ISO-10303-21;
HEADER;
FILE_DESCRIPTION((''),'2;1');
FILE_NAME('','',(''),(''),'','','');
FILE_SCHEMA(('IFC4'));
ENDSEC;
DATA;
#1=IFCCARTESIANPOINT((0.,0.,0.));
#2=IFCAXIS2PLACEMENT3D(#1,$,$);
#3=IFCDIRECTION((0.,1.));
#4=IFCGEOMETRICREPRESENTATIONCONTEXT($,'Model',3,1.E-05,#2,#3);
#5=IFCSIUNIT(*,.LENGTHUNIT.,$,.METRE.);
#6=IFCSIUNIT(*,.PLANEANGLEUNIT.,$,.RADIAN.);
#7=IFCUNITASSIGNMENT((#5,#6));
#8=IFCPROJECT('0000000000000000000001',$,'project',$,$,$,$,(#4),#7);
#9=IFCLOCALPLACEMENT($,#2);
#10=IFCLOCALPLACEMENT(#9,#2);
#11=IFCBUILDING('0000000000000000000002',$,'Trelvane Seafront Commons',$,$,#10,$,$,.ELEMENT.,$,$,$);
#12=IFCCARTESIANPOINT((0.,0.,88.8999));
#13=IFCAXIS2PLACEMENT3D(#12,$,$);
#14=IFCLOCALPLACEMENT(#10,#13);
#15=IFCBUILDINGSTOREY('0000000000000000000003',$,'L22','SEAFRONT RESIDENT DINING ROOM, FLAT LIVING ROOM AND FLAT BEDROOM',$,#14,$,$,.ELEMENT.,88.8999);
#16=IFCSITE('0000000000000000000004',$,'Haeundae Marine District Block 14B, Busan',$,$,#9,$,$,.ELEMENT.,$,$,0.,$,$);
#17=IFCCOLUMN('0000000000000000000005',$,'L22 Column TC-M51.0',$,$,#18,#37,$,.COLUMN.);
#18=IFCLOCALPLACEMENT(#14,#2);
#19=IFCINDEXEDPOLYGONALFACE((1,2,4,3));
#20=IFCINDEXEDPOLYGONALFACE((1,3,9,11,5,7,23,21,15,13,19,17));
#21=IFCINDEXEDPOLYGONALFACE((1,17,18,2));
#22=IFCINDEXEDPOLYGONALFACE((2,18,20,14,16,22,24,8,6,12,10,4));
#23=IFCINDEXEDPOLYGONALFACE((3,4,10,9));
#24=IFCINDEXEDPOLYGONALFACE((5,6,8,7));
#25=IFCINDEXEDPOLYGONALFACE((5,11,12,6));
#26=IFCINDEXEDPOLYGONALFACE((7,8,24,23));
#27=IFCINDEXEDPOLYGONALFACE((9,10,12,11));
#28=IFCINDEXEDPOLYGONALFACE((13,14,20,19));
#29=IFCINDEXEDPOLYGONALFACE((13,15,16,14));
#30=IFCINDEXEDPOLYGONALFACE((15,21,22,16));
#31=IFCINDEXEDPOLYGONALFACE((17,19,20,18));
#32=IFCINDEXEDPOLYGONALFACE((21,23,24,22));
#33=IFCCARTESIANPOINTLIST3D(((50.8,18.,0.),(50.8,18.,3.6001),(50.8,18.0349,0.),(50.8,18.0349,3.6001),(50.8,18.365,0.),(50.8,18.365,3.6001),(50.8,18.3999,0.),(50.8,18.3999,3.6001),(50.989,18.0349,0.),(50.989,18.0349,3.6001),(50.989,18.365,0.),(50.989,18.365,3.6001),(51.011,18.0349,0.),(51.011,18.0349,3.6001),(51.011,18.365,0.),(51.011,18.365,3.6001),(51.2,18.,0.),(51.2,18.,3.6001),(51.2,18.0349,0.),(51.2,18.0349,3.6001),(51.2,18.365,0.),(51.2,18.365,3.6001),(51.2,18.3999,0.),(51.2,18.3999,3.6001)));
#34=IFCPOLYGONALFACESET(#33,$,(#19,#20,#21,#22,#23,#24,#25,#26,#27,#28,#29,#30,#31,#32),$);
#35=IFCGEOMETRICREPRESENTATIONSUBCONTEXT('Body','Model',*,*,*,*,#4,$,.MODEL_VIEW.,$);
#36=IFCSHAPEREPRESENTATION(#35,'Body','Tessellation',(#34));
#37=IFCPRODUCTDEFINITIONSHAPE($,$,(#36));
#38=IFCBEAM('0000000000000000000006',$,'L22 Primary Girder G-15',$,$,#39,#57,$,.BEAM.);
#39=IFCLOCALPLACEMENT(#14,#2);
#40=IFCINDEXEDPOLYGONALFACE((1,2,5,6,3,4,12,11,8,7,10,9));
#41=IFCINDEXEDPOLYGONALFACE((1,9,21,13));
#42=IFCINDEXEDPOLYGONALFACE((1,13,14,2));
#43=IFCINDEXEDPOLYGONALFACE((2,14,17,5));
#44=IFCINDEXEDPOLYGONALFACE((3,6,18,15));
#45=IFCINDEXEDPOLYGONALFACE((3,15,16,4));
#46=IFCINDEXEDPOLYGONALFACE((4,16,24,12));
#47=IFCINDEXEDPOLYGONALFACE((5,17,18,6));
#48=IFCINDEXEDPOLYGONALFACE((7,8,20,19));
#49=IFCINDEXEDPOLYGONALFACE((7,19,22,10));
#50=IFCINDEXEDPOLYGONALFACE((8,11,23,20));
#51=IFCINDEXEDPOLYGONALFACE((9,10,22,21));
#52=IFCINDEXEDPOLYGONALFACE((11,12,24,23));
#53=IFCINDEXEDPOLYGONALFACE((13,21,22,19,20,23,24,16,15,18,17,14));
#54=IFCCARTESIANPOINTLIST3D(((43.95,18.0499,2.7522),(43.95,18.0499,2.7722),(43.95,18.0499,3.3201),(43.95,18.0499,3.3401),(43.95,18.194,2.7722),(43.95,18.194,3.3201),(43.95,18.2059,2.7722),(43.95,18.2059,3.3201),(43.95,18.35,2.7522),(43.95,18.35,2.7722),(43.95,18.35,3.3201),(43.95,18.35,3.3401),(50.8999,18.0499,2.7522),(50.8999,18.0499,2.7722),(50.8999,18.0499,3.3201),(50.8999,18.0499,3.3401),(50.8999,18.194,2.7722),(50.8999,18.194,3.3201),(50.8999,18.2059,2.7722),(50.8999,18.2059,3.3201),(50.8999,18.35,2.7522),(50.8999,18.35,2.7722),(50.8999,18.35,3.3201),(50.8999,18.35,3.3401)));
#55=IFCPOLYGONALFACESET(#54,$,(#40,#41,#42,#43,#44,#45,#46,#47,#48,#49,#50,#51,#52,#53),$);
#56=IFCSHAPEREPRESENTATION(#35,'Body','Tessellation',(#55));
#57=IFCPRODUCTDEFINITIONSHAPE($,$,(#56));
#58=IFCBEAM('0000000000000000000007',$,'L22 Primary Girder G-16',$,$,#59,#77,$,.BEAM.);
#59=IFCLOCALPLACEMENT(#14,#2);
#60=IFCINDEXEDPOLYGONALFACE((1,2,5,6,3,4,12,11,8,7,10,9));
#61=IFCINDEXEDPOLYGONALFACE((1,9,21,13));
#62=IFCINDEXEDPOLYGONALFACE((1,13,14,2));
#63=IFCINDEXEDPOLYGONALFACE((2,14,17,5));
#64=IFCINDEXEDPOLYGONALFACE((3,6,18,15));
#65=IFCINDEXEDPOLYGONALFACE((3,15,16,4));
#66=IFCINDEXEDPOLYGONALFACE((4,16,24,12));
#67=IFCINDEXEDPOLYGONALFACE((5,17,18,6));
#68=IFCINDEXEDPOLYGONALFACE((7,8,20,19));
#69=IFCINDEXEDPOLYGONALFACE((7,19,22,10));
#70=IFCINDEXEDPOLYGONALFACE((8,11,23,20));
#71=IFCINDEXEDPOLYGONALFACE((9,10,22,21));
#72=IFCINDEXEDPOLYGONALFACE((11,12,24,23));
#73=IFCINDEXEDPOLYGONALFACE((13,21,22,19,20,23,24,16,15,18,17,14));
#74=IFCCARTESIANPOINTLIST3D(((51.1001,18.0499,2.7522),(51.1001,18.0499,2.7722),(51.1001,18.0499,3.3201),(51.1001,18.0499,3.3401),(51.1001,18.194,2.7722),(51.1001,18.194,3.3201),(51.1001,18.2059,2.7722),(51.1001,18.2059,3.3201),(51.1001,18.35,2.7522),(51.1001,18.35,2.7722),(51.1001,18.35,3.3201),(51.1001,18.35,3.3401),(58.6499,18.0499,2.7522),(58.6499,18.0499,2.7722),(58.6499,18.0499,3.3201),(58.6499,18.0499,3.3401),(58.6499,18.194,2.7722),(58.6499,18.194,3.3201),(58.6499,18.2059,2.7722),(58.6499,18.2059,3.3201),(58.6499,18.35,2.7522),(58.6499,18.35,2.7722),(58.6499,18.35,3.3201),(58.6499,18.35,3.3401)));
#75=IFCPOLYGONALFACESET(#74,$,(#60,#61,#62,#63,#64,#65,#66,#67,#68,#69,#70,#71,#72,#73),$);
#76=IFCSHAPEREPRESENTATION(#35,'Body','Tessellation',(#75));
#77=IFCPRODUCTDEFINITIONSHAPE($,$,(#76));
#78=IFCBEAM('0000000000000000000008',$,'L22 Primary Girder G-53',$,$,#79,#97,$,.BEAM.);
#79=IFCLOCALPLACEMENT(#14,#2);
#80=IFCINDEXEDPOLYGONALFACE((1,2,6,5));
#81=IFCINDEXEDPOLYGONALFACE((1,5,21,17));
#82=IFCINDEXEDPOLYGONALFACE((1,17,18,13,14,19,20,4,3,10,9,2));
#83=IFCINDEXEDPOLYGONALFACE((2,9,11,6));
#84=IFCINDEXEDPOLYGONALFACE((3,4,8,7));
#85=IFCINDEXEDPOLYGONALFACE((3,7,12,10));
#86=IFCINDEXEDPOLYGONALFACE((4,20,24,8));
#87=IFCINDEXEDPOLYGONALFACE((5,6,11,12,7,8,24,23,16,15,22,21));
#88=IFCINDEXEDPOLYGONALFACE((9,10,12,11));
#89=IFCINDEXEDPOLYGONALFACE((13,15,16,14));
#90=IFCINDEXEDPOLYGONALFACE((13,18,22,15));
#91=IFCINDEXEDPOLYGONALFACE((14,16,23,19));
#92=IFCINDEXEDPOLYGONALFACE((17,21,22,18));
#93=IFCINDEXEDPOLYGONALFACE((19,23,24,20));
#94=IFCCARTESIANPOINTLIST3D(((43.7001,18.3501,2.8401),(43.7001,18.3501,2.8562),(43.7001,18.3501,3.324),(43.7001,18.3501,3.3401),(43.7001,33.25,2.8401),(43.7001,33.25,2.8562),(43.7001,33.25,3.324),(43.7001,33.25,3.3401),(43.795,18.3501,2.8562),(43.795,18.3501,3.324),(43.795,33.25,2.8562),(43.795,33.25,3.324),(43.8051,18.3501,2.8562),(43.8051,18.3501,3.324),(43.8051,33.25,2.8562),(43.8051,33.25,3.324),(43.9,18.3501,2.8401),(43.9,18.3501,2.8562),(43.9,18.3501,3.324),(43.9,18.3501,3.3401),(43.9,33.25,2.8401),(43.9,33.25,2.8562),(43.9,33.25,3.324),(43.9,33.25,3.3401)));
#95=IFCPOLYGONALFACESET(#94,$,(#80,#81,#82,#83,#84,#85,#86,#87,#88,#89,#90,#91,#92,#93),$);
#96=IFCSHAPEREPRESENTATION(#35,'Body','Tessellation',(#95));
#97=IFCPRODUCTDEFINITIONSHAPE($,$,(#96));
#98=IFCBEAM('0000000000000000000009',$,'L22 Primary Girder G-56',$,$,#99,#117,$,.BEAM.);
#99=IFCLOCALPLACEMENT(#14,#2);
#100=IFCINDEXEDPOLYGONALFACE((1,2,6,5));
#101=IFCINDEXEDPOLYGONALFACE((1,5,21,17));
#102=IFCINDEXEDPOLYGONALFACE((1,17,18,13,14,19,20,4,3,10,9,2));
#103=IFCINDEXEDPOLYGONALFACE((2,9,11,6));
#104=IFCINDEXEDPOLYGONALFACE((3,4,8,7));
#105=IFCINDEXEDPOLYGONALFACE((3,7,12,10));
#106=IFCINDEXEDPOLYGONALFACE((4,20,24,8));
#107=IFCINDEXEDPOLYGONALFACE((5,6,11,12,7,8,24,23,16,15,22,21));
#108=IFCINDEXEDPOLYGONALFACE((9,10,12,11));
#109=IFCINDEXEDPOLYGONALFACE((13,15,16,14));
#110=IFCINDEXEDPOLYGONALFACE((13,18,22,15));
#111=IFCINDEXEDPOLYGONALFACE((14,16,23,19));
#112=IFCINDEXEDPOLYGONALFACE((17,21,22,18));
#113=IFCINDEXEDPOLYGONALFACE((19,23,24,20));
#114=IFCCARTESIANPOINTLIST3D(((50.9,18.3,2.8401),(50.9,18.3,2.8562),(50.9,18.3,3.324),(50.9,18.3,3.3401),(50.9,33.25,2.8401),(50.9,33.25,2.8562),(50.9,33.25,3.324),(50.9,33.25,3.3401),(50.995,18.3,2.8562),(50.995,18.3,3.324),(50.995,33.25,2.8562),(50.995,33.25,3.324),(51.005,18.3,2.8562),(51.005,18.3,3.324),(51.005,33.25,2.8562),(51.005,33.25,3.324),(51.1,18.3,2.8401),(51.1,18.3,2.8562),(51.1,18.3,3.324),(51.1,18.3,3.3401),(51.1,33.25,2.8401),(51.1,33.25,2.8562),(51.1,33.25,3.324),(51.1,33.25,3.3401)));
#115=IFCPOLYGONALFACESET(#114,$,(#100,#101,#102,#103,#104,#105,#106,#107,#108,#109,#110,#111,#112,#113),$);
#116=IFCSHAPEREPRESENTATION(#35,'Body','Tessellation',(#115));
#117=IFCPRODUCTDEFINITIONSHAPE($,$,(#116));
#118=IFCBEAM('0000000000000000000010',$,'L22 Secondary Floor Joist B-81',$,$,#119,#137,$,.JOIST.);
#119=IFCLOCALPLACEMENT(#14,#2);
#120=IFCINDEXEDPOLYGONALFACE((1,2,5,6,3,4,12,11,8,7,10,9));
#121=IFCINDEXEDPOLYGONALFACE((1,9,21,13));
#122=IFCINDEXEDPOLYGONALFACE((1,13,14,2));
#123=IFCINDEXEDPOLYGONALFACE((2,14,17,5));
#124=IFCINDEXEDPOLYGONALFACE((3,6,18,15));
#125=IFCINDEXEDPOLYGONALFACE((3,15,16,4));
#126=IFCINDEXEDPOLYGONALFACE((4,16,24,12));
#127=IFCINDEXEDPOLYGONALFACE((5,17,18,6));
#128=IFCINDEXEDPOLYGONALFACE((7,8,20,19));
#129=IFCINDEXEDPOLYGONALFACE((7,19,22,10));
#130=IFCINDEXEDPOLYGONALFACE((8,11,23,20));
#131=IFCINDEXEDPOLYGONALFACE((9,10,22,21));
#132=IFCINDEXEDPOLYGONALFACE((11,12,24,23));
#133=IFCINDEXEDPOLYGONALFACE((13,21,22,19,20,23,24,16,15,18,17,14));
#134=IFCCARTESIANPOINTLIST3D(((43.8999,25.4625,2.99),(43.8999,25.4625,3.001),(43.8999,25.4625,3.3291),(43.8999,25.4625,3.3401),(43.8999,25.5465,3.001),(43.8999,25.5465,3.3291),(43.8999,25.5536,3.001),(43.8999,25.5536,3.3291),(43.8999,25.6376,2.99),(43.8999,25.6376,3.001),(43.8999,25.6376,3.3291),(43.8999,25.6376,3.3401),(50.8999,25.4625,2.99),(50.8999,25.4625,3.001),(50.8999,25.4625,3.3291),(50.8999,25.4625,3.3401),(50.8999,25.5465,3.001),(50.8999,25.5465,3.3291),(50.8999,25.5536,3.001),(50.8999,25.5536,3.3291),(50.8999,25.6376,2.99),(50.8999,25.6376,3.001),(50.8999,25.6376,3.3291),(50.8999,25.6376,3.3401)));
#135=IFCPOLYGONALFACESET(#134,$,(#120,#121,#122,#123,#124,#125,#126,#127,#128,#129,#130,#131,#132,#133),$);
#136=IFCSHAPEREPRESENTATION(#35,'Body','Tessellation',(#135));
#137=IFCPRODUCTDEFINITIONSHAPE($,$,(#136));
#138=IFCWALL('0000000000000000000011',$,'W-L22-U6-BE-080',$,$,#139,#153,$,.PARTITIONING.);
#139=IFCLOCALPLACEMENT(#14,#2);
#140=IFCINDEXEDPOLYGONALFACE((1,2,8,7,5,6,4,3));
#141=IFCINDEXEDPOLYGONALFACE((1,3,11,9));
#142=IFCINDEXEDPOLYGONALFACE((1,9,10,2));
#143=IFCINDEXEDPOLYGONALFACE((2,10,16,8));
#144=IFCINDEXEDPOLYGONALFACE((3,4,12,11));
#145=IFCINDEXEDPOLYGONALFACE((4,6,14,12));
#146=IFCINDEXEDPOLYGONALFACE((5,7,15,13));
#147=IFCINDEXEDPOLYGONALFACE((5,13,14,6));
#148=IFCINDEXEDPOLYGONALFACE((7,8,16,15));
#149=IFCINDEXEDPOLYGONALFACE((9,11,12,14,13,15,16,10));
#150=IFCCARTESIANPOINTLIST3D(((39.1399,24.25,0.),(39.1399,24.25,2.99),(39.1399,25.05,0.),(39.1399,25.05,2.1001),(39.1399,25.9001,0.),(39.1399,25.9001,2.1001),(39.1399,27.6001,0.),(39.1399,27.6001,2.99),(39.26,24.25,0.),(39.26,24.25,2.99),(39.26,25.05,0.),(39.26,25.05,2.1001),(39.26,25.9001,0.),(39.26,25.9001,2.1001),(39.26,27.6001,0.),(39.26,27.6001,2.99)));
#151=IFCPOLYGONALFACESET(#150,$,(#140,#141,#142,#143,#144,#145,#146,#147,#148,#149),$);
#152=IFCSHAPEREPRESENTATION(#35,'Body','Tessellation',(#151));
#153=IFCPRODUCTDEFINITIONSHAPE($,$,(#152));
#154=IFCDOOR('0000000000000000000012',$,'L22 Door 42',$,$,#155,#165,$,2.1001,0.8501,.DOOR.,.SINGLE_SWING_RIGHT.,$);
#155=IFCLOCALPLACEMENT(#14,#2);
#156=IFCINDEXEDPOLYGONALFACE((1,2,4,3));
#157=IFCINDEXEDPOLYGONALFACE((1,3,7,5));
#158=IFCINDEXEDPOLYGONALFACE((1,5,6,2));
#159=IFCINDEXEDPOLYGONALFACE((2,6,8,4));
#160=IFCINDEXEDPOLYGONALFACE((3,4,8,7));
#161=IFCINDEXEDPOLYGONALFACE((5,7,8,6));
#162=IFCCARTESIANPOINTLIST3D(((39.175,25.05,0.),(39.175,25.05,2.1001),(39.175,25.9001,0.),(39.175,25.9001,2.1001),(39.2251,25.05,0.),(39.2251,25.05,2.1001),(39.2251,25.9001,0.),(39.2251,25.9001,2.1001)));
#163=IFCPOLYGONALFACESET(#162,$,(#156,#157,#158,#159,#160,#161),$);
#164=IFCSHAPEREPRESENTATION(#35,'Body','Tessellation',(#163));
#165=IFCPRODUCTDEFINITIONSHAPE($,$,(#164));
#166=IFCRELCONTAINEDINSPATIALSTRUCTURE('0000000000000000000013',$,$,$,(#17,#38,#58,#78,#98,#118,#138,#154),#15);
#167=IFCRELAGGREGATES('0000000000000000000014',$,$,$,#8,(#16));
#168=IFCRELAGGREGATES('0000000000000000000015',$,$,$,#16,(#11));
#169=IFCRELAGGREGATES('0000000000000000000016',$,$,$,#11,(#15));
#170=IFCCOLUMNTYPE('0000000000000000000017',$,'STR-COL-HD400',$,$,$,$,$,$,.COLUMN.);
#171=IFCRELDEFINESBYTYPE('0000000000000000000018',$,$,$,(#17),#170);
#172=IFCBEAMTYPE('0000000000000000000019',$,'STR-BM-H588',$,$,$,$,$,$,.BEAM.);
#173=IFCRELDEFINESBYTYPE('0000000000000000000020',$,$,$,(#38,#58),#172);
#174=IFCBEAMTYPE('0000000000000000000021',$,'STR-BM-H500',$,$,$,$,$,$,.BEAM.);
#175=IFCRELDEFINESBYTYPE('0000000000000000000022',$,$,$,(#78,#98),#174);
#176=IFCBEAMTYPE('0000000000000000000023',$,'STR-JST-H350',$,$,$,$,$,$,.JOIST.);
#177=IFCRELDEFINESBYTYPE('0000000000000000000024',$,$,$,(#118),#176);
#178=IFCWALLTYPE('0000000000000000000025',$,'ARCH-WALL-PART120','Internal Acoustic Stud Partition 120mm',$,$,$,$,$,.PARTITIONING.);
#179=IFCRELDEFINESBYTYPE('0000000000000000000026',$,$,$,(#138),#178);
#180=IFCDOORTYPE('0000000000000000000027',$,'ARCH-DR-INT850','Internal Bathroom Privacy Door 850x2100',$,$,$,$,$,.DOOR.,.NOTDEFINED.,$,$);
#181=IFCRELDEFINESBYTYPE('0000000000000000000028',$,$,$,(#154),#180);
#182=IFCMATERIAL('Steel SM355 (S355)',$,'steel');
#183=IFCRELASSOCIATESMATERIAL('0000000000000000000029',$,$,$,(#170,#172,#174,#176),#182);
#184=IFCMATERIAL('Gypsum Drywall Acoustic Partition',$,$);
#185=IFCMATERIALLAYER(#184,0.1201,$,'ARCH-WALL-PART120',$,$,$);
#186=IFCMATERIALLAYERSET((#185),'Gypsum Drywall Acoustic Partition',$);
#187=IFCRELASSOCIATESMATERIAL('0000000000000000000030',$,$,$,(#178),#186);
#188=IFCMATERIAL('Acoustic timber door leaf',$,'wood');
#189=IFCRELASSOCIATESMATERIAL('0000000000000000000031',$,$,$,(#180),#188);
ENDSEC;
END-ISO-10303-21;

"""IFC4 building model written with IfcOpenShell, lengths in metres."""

from ifc_helpers import new_model, si_unit, direction, frame, frame_2d, origin, origin_2d, place, context, subcontext, project, spatial, rectangle, i_section, extrude, source, transform, mapped, material, layer, layer_set, material_profile, profile_set, type_object, element, fill, save


model = new_model("IFC4")

# Units and contexts
model_context = context("Model", 3, precision=1e-05, world=origin(), true_north=direction((0.0, 1.0)))
body_context = subcontext(model_context, "Body", "Model", "MODEL_VIEW")
ifc_project = project(units=[si_unit("LENGTHUNIT", "METRE"), si_unit("PLANEANGLEUNIT", "RADIAN")], contexts=[model_context])

# Site, building, storey
site_placement = place(None, origin())
site = spatial("IfcSite", under=ifc_project, at=site_placement, Name="Haeundae Marine District Block 14B, Busan", CompositionType="ELEMENT", RefElevation=0.0)
building_placement = place(site_placement, origin())
building = spatial("IfcBuilding", under=site, at=building_placement, Name="Trelvane Seafront Commons", CompositionType="ELEMENT")
storey_placement = place(building_placement, frame((0.0, 0.0, 88.8999)))
storey = spatial("IfcBuildingStorey", under=building, at=storey_placement, Name="L22", Description="SEAFRONT RESIDENT DINING ROOM, FLAT LIVING ROOM AND FLAT BEDROOM", CompositionType="ELEMENT", Elevation=88.8999)

# Column
ifc_material_1 = material(Name="Steel SM355 (S355)", Category="steel")
ifc_material_profile_1 = material_profile(ifc_material_1, i_section(OverallWidth=0.3999, OverallDepth=0.3999, WebThickness=0.022, FlangeThickness=0.0349, at=origin_2d()), Name="HD-400x400x22x35")
ifc_profile_set_1 = profile_set([ifc_material_profile_1], Name="Steel SM355 (S355)")
column_type = type_object("IfcColumnType", Name="STR-COL-HD400", PredefinedType="COLUMN", material=ifc_profile_set_1)
shared_shape_1 = source(origin(), body_context, "Body", "SweptSolid", [
    extrude(i_section(OverallWidth=0.3999, OverallDepth=0.3999, WebThickness=0.022, FlangeThickness=0.0349, at=origin_2d()), origin(), (0.0, 0.0, 1.0), 3.6001),
])
column_placement = place(storey_placement, frame((51.0, 18.2, 0.0), z_axis=(0.0, 0.0, 1.0), x_axis=(1.0, 0.0, 0.0)))
element("IfcColumn", 1, at=column_placement, inside=storey, type_object=column_type, Name="L22 Column TC-M51.0", PredefinedType="COLUMN", context=body_context, shape_type="MappedRepresentation", body=[
    mapped(shared_shape_1, transform((0.0, 0.0, 0.0), x_axis=(1.0, 0.0, 0.0), y_axis=(0.0, 1.0, 0.0), z_axis=(0.0, 0.0, 1.0), scale=1.0)),
])

# Beams
ifc_material_profile_2 = material_profile(ifc_material_1, i_section(OverallWidth=0.3, OverallDepth=0.5879, WebThickness=0.012, FlangeThickness=0.02, at=origin_2d()), Name="H-588x300x12x20")
ifc_profile_set_2 = profile_set([ifc_material_profile_2], Name="Steel SM355 (S355)")
beam_type_1 = type_object("IfcBeamType", Name="STR-BM-H588", PredefinedType="BEAM", material=ifc_profile_set_2)
shared_shape_2 = source(origin(), body_context, "Body", "SweptSolid", [
    extrude(i_section(OverallWidth=0.3, OverallDepth=0.5879, WebThickness=0.012, FlangeThickness=0.02, at=origin_2d()), origin(), (0.0, 0.0, 1.0), 6.95),
])
beam_1_placement = place(storey_placement, frame((43.95, 18.2, 3.0461), z_axis=(1.0, 0.0, 0.0), x_axis=(0.0, 1.0, 0.0)))
element("IfcBeam", 2, at=beam_1_placement, inside=storey, type_object=beam_type_1, Name="L22 Primary Girder G-15", PredefinedType="BEAM", context=body_context, shape_type="MappedRepresentation", body=[
    mapped(shared_shape_2, transform((0.0, 0.0, 0.0), x_axis=(1.0, 0.0, 0.0), y_axis=(0.0, 1.0, 0.0), z_axis=(0.0, 0.0, 1.0), scale=1.0)),
])
shared_shape_3 = source(origin(), body_context, "Body", "SweptSolid", [
    extrude(i_section(OverallWidth=0.3, OverallDepth=0.5879, WebThickness=0.012, FlangeThickness=0.02, at=origin_2d()), origin(), (0.0, 0.0, 1.0), 7.5498),
])
beam_2_placement = place(storey_placement, frame((51.1001, 18.2, 3.0461), z_axis=(1.0, 0.0, 0.0), x_axis=(0.0, 1.0, 0.0)))
element("IfcBeam", 3, at=beam_2_placement, inside=storey, type_object=beam_type_1, Name="L22 Primary Girder G-16", PredefinedType="BEAM", context=body_context, shape_type="MappedRepresentation", body=[
    mapped(shared_shape_3, transform((0.0, 0.0, 0.0), x_axis=(1.0, 0.0, 0.0), y_axis=(0.0, 1.0, 0.0), z_axis=(0.0, 0.0, 1.0), scale=1.0)),
])
ifc_material_profile_3 = material_profile(ifc_material_1, i_section(OverallWidth=0.2, OverallDepth=0.5, WebThickness=0.01, FlangeThickness=0.0161, at=origin_2d()), Name="H-500x200x10x16")
ifc_profile_set_3 = profile_set([ifc_material_profile_3], Name="Steel SM355 (S355)")
beam_type_2 = type_object("IfcBeamType", Name="STR-BM-H500", PredefinedType="BEAM", material=ifc_profile_set_3)
shared_shape_4 = source(origin(), body_context, "Body", "SweptSolid", [
    extrude(i_section(OverallWidth=0.2, OverallDepth=0.5, WebThickness=0.01, FlangeThickness=0.0161, at=origin_2d()), origin(), (0.0, 0.0, 1.0), 14.8999),
])
beam_3_placement = place(storey_placement, frame((43.8, 18.3501, 3.0901), z_axis=(0.0, 1.0, 0.0), x_axis=(-1.0, 0.0, 0.0)))
element("IfcBeam", 4, at=beam_3_placement, inside=storey, type_object=beam_type_2, Name="L22 Primary Girder G-53", PredefinedType="BEAM", context=body_context, shape_type="MappedRepresentation", body=[
    mapped(shared_shape_4, transform((0.0, 0.0, 0.0), x_axis=(1.0, 0.0, 0.0), y_axis=(0.0, 1.0, 0.0), z_axis=(0.0, 0.0, 1.0), scale=1.0)),
])
shared_shape_5 = source(origin(), body_context, "Body", "SweptSolid", [
    extrude(i_section(OverallWidth=0.2, OverallDepth=0.5, WebThickness=0.01, FlangeThickness=0.0161, at=origin_2d()), origin(), (0.0, 0.0, 1.0), 14.95),
])
beam_4_placement = place(storey_placement, frame((51.0, 18.3, 3.0901), z_axis=(0.0, 1.0, 0.0), x_axis=(-1.0, 0.0, 0.0)))
element("IfcBeam", 5, at=beam_4_placement, inside=storey, type_object=beam_type_2, Name="L22 Primary Girder G-56", PredefinedType="BEAM", context=body_context, shape_type="MappedRepresentation", body=[
    mapped(shared_shape_5, transform((0.0, 0.0, 0.0), x_axis=(1.0, 0.0, 0.0), y_axis=(0.0, 1.0, 0.0), z_axis=(0.0, 0.0, 1.0), scale=1.0)),
])
ifc_material_profile_4 = material_profile(ifc_material_1, i_section(OverallWidth=0.175, OverallDepth=0.3501, WebThickness=0.0071, FlangeThickness=0.011, at=origin_2d()), Name="H-350x175x7x11")
ifc_profile_set_4 = profile_set([ifc_material_profile_4], Name="Steel SM355 (S355)")
beam_type_3 = type_object("IfcBeamType", Name="STR-JST-H350", PredefinedType="JOIST", material=ifc_profile_set_4)
shared_shape_6 = source(origin(), body_context, "Body", "SweptSolid", [
    extrude(i_section(OverallWidth=0.175, OverallDepth=0.3501, WebThickness=0.0071, FlangeThickness=0.011, at=origin_2d()), origin(), (0.0, 0.0, 1.0), 7.0),
])
beam_5_placement = place(storey_placement, frame((43.8999, 25.55, 3.165), z_axis=(1.0, 0.0, 0.0), x_axis=(0.0, 1.0, 0.0)))
element("IfcBeam", 6, at=beam_5_placement, inside=storey, type_object=beam_type_3, Name="L22 Secondary Floor Joist B-81", PredefinedType="JOIST", context=body_context, shape_type="MappedRepresentation", body=[
    mapped(shared_shape_6, transform((0.0, 0.0, 0.0), x_axis=(1.0, 0.0, 0.0), y_axis=(0.0, 1.0, 0.0), z_axis=(0.0, 0.0, 1.0), scale=1.0)),
])

# Wall, opening, door
ifc_material_2 = material(Name="Gypsum Drywall Acoustic Partition")
ifc_layer = layer(ifc_material_2, 0.1201, Name="ARCH-WALL-PART120")
ifc_layer_set = layer_set([ifc_layer], Name="Gypsum Drywall Acoustic Partition")
wall_type = type_object("IfcWallType", Name="ARCH-WALL-PART120", Description="Internal Acoustic Stud Partition 120mm", PredefinedType="PARTITIONING", material=ifc_layer_set)
wall_1_placement = place(storey_placement, frame((39.2, 24.25, 0.0), z_axis=(0.0, 0.0, 1.0), x_axis=(0.0, 1.0, 0.0)))
wall_1 = element("IfcWall", 7, at=wall_1_placement, inside=storey, type_object=wall_type, Name="W-L22-U6-BE-080", PredefinedType="PARTITIONING", context=body_context, shape_type="SweptSolid", body=[
    extrude(rectangle(XDim=3.3501, YDim=0.1201, at=frame_2d((1.675, 0.0))), origin(), (0.0, 0.0, 1.0), 2.99),
])
opening_1_placement = place(wall_1_placement, frame((0.8, 0.0, 0.0)))
opening_1 = element("IfcOpeningElement", 8, at=opening_1_placement, cuts=wall_1, PredefinedType="OPENING", context=body_context, shape_type="SweptSolid", body=[
    extrude(rectangle(XDim=0.8501, YDim=2.1001, at=frame_2d((0.425, 1.05))), frame((0.0, 0.0701, 0.0), z_axis=(0.0, -1.0, 0.0), x_axis=(1.0, 0.0, 0.0)), (0.0, 0.0, 1.0), 0.1401),
])
ifc_material_3 = material(Name="Acoustic timber door leaf", Category="wood")
door_type_1 = type_object("IfcDoorType", Name="ARCH-DR-INT850", Description="Internal Bathroom Privacy Door 850x2100", OperationType="NOTDEFINED", PredefinedType="DOOR", material=ifc_material_3)
shared_shape_7 = source(origin(), body_context, "Body", "SweptSolid", [
    extrude(rectangle(XDim=0.8501, YDim=2.1001, at=frame_2d((0.425, 1.05))), frame((0.0, 0.0249, 0.0), z_axis=(0.0, -1.0, 0.0), x_axis=(1.0, 0.0, 0.0)), (0.0, 0.0, 1.0), 0.05),
])
door_1_placement = place(opening_1_placement, origin())
door_1 = element("IfcDoor", 9, at=door_1_placement, inside=storey, type_object=door_type_1, Name="L22 Door 42", OperationType="SINGLE_SWING_RIGHT", OverallHeight=2.1001, OverallWidth=0.8501, PredefinedType="DOOR", context=body_context, shape_type="MappedRepresentation", body=[
    mapped(shared_shape_7, transform((0.0, 0.0, 0.0), x_axis=(1.0, 0.0, 0.0), y_axis=(0.0, 1.0, 0.0), z_axis=(0.0, 0.0, 1.0), scale=1.0)),
])
fill(opening_1, door_1)

save(model, "model.ifc")
